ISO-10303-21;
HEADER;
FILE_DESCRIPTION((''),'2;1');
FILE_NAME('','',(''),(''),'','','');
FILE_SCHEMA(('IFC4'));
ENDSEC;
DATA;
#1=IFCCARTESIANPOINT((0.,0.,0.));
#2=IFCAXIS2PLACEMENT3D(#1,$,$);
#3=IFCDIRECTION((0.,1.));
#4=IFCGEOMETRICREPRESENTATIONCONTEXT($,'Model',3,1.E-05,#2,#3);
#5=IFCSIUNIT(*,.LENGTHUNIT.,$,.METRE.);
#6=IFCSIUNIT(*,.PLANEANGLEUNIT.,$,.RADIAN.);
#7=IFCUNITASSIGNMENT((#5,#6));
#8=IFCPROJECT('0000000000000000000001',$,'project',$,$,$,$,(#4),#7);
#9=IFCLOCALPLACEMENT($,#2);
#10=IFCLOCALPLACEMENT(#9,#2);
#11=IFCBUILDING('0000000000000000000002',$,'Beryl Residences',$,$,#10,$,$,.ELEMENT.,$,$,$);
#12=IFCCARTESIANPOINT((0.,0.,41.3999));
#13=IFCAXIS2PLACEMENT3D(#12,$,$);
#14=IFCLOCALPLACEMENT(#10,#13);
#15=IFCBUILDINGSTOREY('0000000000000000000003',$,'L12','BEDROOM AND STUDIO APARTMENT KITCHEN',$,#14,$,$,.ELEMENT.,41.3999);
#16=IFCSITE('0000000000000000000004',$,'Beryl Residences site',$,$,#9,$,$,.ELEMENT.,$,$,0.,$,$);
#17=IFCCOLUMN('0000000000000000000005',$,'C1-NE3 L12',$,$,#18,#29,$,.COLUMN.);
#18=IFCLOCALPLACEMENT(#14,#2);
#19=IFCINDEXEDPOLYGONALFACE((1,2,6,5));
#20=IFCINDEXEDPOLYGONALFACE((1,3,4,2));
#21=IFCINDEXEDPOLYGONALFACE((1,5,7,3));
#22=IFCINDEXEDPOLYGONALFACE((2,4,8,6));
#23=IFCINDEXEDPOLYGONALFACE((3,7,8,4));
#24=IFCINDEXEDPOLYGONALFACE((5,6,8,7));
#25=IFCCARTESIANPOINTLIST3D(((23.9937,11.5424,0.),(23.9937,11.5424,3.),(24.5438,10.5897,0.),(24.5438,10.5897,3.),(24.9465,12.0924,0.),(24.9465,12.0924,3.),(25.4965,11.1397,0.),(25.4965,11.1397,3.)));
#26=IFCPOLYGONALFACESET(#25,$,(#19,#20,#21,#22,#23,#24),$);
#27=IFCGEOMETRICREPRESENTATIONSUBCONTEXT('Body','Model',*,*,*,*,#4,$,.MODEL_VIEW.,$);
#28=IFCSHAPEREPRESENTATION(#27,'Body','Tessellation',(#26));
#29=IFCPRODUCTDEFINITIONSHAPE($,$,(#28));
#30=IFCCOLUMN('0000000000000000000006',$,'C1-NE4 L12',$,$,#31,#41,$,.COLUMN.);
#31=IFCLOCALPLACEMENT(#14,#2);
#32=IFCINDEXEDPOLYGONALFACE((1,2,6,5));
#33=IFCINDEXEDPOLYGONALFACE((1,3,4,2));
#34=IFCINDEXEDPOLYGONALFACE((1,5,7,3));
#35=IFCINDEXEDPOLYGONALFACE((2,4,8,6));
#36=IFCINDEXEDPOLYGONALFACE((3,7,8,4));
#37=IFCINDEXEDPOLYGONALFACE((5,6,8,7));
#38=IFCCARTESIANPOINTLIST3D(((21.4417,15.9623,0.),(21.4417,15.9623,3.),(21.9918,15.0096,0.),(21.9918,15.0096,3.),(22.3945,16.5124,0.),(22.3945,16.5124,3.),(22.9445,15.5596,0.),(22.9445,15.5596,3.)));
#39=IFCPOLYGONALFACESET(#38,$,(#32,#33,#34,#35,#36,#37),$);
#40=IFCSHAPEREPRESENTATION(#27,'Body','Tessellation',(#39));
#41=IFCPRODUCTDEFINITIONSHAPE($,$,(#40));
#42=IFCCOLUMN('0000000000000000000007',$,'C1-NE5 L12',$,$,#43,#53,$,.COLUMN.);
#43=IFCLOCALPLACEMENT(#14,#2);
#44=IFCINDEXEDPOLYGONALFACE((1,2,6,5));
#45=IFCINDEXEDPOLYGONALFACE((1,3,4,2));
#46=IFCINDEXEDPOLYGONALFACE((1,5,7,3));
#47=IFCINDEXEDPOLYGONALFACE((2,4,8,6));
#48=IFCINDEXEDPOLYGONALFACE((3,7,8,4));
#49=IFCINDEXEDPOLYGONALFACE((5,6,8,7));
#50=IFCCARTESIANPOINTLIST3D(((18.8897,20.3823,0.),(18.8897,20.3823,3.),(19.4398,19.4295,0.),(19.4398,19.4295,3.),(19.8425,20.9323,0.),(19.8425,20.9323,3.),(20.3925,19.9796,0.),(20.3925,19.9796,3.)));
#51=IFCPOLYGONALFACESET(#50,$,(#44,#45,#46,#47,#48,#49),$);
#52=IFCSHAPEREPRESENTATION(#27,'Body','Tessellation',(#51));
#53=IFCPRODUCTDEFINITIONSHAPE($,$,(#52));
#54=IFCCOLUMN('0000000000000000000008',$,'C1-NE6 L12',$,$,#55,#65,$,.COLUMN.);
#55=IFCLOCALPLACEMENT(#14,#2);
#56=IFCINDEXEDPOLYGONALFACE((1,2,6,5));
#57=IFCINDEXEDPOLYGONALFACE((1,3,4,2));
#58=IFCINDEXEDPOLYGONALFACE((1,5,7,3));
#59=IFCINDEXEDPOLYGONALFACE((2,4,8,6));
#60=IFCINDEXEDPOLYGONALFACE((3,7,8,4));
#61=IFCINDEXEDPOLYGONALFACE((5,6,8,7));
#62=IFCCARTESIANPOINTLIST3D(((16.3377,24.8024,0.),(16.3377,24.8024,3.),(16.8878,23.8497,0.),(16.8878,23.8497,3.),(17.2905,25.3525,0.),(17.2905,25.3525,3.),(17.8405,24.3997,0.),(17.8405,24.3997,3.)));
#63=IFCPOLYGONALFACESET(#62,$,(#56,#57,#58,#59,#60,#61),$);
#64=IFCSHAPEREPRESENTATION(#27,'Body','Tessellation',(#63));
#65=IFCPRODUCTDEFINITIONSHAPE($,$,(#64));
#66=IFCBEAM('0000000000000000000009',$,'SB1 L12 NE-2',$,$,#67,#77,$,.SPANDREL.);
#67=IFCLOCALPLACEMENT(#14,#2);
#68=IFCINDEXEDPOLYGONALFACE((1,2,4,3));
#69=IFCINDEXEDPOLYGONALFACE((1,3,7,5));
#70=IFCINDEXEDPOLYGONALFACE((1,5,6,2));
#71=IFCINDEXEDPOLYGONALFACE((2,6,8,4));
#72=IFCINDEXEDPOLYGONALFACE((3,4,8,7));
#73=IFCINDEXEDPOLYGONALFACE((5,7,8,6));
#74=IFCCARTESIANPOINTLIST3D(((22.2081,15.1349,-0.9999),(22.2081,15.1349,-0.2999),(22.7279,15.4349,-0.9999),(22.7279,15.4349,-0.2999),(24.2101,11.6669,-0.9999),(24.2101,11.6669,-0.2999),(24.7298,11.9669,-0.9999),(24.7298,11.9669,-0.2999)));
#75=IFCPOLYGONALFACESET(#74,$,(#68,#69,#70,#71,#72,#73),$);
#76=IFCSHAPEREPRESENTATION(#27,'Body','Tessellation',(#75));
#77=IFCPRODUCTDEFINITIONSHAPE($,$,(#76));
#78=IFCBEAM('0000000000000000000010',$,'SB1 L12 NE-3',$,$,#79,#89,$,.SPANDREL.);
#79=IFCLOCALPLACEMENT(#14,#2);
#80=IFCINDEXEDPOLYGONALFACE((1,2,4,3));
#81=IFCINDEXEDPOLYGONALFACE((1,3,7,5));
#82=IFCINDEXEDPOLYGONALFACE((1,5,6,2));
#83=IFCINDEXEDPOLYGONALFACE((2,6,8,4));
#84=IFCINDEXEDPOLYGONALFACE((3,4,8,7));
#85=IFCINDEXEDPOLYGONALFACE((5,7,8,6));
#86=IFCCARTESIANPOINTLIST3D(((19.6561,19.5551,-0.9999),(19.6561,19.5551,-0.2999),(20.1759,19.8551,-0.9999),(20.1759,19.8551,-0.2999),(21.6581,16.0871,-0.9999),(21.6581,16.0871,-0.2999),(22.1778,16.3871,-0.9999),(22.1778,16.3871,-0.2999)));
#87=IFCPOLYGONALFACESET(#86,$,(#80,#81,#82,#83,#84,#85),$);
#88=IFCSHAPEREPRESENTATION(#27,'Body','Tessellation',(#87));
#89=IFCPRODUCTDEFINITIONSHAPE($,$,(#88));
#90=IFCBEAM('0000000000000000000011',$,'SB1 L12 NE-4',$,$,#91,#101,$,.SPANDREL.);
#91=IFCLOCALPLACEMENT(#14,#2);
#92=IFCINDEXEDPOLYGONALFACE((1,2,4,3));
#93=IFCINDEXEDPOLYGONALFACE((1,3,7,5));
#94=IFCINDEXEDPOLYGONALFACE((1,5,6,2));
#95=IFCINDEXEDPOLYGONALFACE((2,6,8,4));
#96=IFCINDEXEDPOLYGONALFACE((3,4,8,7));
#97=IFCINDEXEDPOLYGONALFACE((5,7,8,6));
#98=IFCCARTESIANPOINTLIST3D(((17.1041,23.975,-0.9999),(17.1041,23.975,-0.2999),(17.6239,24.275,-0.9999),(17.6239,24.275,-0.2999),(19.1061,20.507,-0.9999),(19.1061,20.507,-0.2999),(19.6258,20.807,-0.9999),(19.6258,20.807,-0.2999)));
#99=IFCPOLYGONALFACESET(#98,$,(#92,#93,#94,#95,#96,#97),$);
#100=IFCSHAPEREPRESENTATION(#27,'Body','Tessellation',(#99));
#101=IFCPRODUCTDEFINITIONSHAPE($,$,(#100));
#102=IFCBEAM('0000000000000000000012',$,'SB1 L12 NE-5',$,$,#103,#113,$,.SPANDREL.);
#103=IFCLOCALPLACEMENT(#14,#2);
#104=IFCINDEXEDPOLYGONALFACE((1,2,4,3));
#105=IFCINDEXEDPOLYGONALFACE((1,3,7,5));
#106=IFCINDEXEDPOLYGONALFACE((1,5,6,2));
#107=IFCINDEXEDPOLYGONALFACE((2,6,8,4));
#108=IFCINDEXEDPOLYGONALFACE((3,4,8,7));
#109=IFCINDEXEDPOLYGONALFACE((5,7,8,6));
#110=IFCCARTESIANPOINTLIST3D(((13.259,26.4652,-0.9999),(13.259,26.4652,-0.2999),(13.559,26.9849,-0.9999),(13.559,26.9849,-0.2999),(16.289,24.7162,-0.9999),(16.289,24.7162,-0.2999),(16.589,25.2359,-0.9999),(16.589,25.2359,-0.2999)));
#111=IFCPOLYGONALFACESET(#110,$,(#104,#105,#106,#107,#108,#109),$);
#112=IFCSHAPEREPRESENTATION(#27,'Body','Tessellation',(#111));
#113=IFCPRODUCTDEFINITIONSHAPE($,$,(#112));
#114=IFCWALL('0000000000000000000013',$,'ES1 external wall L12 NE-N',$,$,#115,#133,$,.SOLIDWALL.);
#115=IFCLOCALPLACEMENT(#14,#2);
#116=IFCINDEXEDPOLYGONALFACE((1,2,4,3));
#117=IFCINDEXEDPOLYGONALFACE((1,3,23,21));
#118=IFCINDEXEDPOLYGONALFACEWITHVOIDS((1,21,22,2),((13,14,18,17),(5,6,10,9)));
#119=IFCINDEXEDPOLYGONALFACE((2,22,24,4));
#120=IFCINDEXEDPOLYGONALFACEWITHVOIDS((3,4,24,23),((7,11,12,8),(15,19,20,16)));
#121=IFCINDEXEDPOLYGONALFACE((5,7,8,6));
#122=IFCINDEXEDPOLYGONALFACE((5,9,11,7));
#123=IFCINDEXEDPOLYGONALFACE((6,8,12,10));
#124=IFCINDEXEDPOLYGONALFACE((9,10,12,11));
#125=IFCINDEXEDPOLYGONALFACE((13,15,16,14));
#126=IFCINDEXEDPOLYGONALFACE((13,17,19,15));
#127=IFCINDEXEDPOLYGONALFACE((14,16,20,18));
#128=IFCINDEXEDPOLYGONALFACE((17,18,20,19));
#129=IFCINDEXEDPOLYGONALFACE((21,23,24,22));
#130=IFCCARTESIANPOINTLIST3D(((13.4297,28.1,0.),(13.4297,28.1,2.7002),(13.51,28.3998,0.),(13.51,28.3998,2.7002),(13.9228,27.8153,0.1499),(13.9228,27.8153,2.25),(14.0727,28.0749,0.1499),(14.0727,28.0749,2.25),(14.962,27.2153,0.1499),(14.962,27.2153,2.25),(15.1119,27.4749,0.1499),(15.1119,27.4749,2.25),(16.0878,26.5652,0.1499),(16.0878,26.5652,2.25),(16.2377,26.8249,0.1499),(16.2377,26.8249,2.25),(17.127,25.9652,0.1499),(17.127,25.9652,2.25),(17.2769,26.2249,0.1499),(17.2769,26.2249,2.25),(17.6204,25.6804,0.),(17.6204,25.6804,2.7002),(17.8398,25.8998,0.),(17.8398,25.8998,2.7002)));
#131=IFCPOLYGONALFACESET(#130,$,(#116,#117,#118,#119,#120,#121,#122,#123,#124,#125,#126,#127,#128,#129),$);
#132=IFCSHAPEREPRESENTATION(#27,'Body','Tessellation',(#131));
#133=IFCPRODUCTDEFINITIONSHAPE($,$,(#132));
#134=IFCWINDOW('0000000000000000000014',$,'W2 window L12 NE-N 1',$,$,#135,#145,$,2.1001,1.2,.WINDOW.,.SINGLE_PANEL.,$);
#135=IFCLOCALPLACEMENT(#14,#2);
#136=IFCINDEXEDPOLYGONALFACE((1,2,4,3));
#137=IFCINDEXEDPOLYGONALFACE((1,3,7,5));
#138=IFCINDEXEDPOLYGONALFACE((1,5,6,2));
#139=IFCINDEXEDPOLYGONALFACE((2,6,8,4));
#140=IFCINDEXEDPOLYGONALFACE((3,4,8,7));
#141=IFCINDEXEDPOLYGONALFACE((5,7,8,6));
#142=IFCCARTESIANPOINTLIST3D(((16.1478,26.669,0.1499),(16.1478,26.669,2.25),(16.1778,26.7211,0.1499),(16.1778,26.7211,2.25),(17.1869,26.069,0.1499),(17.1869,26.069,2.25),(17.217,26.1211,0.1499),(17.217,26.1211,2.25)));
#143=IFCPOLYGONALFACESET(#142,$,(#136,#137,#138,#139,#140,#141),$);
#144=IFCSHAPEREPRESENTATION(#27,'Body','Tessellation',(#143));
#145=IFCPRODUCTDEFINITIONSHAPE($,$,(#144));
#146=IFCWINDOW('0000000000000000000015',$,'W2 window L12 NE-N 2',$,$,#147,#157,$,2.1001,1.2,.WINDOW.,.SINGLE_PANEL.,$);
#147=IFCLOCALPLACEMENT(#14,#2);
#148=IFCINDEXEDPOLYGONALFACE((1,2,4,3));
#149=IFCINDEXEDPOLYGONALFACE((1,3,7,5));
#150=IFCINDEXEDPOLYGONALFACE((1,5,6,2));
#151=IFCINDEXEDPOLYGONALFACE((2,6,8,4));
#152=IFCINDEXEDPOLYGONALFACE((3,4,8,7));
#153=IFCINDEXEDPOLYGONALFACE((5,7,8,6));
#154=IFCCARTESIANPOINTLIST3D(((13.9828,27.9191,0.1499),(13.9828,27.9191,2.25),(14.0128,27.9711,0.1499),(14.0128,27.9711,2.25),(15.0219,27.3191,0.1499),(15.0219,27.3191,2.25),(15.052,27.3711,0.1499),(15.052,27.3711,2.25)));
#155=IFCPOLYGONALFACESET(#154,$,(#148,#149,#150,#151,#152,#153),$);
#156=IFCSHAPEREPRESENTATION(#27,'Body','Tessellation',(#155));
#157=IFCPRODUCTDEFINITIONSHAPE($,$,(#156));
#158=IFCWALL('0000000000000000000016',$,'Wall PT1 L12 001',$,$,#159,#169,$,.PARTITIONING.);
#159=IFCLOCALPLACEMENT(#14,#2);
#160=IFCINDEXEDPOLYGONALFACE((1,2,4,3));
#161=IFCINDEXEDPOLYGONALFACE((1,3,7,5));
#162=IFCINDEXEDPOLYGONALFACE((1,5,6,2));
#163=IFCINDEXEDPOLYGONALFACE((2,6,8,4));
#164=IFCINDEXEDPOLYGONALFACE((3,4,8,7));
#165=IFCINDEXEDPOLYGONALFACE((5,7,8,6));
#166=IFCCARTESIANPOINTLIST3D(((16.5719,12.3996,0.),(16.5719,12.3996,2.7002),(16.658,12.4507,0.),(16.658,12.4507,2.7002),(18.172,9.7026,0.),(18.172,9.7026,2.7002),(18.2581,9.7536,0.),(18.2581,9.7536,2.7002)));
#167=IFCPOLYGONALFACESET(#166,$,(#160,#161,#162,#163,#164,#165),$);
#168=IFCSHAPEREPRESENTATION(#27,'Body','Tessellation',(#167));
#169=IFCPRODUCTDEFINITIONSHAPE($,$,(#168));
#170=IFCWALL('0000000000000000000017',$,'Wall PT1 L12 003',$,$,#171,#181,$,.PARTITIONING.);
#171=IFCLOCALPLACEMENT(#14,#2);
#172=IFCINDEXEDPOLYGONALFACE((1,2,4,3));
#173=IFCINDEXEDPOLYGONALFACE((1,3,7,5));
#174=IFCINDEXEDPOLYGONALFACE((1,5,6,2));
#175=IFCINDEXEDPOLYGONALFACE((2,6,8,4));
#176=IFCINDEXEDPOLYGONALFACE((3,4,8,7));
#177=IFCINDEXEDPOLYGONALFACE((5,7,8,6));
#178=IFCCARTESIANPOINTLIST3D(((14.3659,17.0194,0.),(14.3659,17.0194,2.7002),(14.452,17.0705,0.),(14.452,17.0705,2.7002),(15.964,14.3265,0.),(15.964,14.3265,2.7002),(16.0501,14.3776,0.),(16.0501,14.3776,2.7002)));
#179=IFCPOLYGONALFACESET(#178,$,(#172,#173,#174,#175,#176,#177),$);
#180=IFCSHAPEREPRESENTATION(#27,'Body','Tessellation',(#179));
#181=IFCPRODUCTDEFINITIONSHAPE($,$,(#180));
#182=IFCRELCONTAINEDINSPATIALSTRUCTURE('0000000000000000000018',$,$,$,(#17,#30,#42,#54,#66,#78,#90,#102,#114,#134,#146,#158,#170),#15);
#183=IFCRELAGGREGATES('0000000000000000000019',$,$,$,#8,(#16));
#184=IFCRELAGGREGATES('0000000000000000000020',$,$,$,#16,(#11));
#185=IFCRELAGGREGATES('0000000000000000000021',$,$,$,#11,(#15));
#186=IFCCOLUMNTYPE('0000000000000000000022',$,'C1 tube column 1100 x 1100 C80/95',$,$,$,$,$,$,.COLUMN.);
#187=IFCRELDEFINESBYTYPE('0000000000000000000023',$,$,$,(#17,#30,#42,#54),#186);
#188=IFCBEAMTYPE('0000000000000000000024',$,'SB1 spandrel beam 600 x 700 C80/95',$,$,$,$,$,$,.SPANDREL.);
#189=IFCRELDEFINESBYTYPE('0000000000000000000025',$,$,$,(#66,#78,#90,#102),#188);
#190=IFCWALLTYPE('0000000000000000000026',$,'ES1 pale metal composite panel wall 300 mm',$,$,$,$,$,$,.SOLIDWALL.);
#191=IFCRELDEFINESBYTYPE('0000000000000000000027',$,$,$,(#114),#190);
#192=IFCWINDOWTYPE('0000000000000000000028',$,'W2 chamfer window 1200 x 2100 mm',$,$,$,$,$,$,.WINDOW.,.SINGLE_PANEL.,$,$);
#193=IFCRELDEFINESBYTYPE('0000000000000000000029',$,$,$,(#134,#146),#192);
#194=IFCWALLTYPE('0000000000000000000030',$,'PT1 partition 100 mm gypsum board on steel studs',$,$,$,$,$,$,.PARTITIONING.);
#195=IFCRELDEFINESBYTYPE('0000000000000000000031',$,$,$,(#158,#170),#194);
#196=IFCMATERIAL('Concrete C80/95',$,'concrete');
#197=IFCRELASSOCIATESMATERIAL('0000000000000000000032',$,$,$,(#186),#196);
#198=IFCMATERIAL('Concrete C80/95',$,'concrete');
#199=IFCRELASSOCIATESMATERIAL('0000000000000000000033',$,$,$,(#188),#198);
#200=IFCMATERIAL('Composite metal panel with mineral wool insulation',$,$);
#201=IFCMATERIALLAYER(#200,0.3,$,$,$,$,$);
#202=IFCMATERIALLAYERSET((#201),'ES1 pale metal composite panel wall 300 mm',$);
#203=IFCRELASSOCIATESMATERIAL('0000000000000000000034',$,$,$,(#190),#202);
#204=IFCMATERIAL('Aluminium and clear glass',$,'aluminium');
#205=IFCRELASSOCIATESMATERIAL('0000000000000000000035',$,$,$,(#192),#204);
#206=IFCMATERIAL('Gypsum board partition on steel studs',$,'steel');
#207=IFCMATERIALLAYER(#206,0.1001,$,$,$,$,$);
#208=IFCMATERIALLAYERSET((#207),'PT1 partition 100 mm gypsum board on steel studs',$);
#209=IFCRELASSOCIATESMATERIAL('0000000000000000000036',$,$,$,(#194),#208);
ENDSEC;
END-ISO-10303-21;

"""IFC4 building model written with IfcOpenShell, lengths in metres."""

from ifc_helpers import new_model, si_unit, direction, frame, frame_2d, origin, origin_2d, place, context, subcontext, project, spatial, polyline, rectangle, outline, extrude, material, layer, layer_set, material_profile, profile_set, type_object, element, fill, save


model = new_model("IFC4")

# Units and contexts
model_context = context("Model", 3, precision=1e-05, world=origin(), true_north=direction((0.0, 1.0)))
body_context = subcontext(model_context, "Body", "Model", "MODEL_VIEW")
ifc_project = project(units=[si_unit("LENGTHUNIT", "METRE"), si_unit("PLANEANGLEUNIT", "RADIAN")], contexts=[model_context])

# Site, building, storey
site_placement = place(None, origin())
site = spatial("IfcSite", under=ifc_project, at=site_placement, Name="Beryl Residences site", CompositionType="ELEMENT", RefElevation=0.0)
building_placement = place(site_placement, origin())
building = spatial("IfcBuilding", under=site, at=building_placement, Name="Beryl Residences", CompositionType="ELEMENT")
storey_placement = place(building_placement, frame((0.0, 0.0, 41.3999)))
storey = spatial("IfcBuildingStorey", under=building, at=storey_placement, Name="L12", Description="BEDROOM AND STUDIO APARTMENT KITCHEN", CompositionType="ELEMENT", Elevation=41.3999)

# Columns
ifc_material_1 = material(Name="Concrete C80/95", Category="concrete")
ifc_material_profile_1 = material_profile(ifc_material_1, rectangle(XDim=1.1001, YDim=1.1001, at=origin_2d()))
ifc_profile_set_1 = profile_set([ifc_material_profile_1], Name="Concrete C80/95")
column_type = type_object("IfcColumnType", Name="C1 tube column 1100 x 1100 C80/95", PredefinedType="COLUMN", material=ifc_profile_set_1)
for number, where, z_axis, x_axis, name in (
    (1, (24.7451, 11.3411, 0.0), (0.0, 0.0, 1.0), (-0.499985, 0.866034, 0.0), "C1-NE3 L12"),
    (2, (22.1931, 15.761, 0.0), (0.0, 0.0, 1.0), (-0.499985, 0.866034, 0.0), "C1-NE4 L12"),
    (3, (19.6411, 20.1809, 0.0), (0.0, 0.0, 1.0), (-0.499985, 0.866034, 0.0), "C1-NE5 L12"),
    (4, (17.0891, 24.6011, 0.0), (0.0, 0.0, 1.0), (-0.499985, 0.866034, 0.0), "C1-NE6 L12"),
):
    element("IfcColumn", number, at=place(storey_placement, frame(where, z_axis=z_axis, x_axis=x_axis)), inside=storey, type_object=column_type, Name=name, PredefinedType="COLUMN", context=body_context, shape_type="SweptSolid", body=[
        extrude(rectangle(XDim=1.1001, YDim=1.1001, at=origin_2d()), origin(), (0.0, 0.0, 1.0), 3.0),
    ])

# Beams
ifc_material_2 = material(Name="Concrete C80/95", Category="concrete")
ifc_material_profile_2 = material_profile(ifc_material_2, rectangle(XDim=0.6001, YDim=0.7, at=origin_2d()))
ifc_profile_set_2 = profile_set([ifc_material_profile_2], Name="Concrete C80/95")
beam_type = type_object("IfcBeamType", Name="SB1 spandrel beam 600 x 700 C80/95", PredefinedType="SPANDREL", material=ifc_profile_set_2)
for number, where, z_axis, x_axis, name in (
    (5, (24.47, 11.8169, -0.6499), (-0.499942, 0.866059, 0.0), (-0.866059, -0.499942, 0.0), "SB1 L12 NE-2"),
    (6, (21.918, 16.2371, -0.6499), (-0.499942, 0.866059, 0.0), (-0.866059, -0.499942, 0.0), "SB1 L12 NE-3"),
    (7, (19.366, 20.657, -0.6499), (-0.499942, 0.866059, 0.0), (-0.866059, -0.499942, 0.0), "SB1 L12 NE-4"),
):
    element("IfcBeam", number, at=place(storey_placement, frame(where, z_axis=z_axis, x_axis=x_axis)), inside=storey, type_object=beam_type, Name=name, PredefinedType="SPANDREL", context=body_context, shape_type="SweptSolid", body=[
        extrude(rectangle(XDim=0.6001, YDim=0.7, at=origin_2d()), origin(), (0.0, 0.0, 1.0), 4.0044),
    ])
beam_placement = place(storey_placement, frame((16.439, 24.9761, -0.6499), z_axis=(-0.866071, 0.499922, 0.0), x_axis=(-0.499922, -0.866071, 0.0)))
element("IfcBeam", 8, at=beam_placement, inside=storey, type_object=beam_type, Name="SB1 L12 NE-5", PredefinedType="SPANDREL", context=body_context, shape_type="SweptSolid", body=[
    extrude(rectangle(XDim=0.6001, YDim=0.7, at=origin_2d()), origin(), (0.0, 0.0, 1.0), 3.4985),
])

# Wall, openings, windows
ifc_material_3 = material(Name="Composite metal panel with mineral wool insulation")
ifc_layer_1 = layer(ifc_material_3, 0.3)
ifc_layer_set_1 = layer_set([ifc_layer_1], Name="ES1 pale metal composite panel wall 300 mm")
wall_type_1 = type_object("IfcWallType", Name="ES1 pale metal composite panel wall 300 mm", PredefinedType="SOLIDWALL", material=ifc_layer_set_1)
wall_1_placement = place(storey_placement, frame((17.7649, 25.77, 0.0), z_axis=(0.0, 0.0, 1.0), x_axis=(-0.866011, 0.500025, 0.0)))
wall_1 = element("IfcWall", 9, at=wall_1_placement, inside=storey, type_object=wall_type_1, Name="ES1 external wall L12 NE-N", PredefinedType="SOLIDWALL", context=body_context, shape_type="SweptSolid", body=[
    extrude(outline(polyline([(0.0, -0.1499), (4.9998, -0.1499), (4.9194, 0.1499), (0.0803, 0.1499), (0.0, -0.1499)])), origin(), (0.0, 0.0, 1.0), 2.7002),
])
opening_1_placement = place(wall_1_placement, frame((0.6499, 0.0, 0.1499)))
opening_1 = element("IfcOpeningElement", 10, at=opening_1_placement, cuts=wall_1, PredefinedType="OPENING", context=body_context, shape_type="SweptSolid", body=[
    extrude(rectangle(XDim=1.2, YDim=2.1001, at=frame_2d((0.6001, 1.05))), frame((0.0, 0.1599, 0.0), z_axis=(0.0, -1.0, 0.0), x_axis=(1.0, 0.0, 0.0)), (0.0, 0.0, 1.0), 0.3201),
])
opening_2_placement = place(wall_1_placement, frame((3.1499, 0.0, 0.1499)))
opening_2 = element("IfcOpeningElement", 11, at=opening_2_placement, cuts=wall_1, PredefinedType="OPENING", context=body_context, shape_type="SweptSolid", body=[
    extrude(rectangle(XDim=1.2, YDim=2.1001, at=frame_2d((0.6001, 1.05))), frame((0.0, 0.1599, 0.0), z_axis=(0.0, -1.0, 0.0), x_axis=(1.0, 0.0, 0.0)), (0.0, 0.0, 1.0), 0.3201),
])
ifc_material_4 = material(Name="Aluminium and clear glass", Category="aluminium")
window_type = type_object("IfcWindowType", Name="W2 chamfer window 1200 x 2100 mm", PartitioningType="SINGLE_PANEL", PredefinedType="WINDOW", material=ifc_material_4)
window_1_placement = place(opening_1_placement, origin())
window_1 = element("IfcWindow", 12, at=window_1_placement, inside=storey, type_object=window_type, Name="W2 window L12 NE-N 1", OverallHeight=2.1001, OverallWidth=1.2, PartitioningType="SINGLE_PANEL", PredefinedType="WINDOW", context=body_context, shape_type="SweptSolid", body=[
    extrude(rectangle(XDim=1.2, YDim=2.1001, at=frame_2d((0.6001, 1.05))), frame((0.0, 0.03, 0.0), z_axis=(0.0, -1.0, 0.0), x_axis=(1.0, 0.0, 0.0)), (0.0, 0.0, 1.0), 0.0601),
])
fill(opening_1, window_1)
window_2_placement = place(opening_2_placement, origin())
window_2 = element("IfcWindow", 13, at=window_2_placement, inside=storey, type_object=window_type, Name="W2 window L12 NE-N 2", OverallHeight=2.1001, OverallWidth=1.2, PartitioningType="SINGLE_PANEL", PredefinedType="WINDOW", context=body_context, shape_type="SweptSolid", body=[
    extrude(rectangle(XDim=1.2, YDim=2.1001, at=frame_2d((0.6001, 1.05))), frame((0.0, 0.03, 0.0), z_axis=(0.0, -1.0, 0.0), x_axis=(1.0, 0.0, 0.0)), (0.0, 0.0, 1.0), 0.0601),
])
fill(opening_2, window_2)

# Walls
ifc_material_5 = material(Name="Gypsum board partition on steel studs", Category="steel")
ifc_layer_2 = layer(ifc_material_5, 0.1001)
ifc_layer_set_2 = layer_set([ifc_layer_2], Name="PT1 partition 100 mm gypsum board on steel studs")
wall_type_2 = type_object("IfcWallType", Name="PT1 partition 100 mm gypsum board on steel studs", PredefinedType="PARTITIONING", material=ifc_layer_set_2)
wall_2_placement = place(storey_placement, frame((16.615, 12.425, 0.0), z_axis=(0.0, 0.0, 1.0), x_axis=(0.510242, -0.860031, 0.0)))
element("IfcWall", 14, at=wall_2_placement, inside=storey, type_object=wall_type_2, Name="Wall PT1 L12 001", PredefinedType="PARTITIONING", context=body_context, shape_type="SweptSolid", body=[
    extrude(rectangle(XDim=3.136, YDim=0.1001, at=frame_2d((1.5679, 0.0))), origin(), (0.0, 0.0, 1.0), 2.7002),
])
wall_3_placement = place(storey_placement, frame((14.4089, 17.0449, 0.0), z_axis=(0.0, 0.0, 1.0), x_axis=(0.510362, -0.85996, 0.0)))
element("IfcWall", 15, at=wall_3_placement, inside=storey, type_object=wall_type_2, Name="Wall PT1 L12 003", PredefinedType="PARTITIONING", context=body_context, shape_type="SweptSolid", body=[
    extrude(rectangle(XDim=3.1313, YDim=0.1001, at=frame_2d((1.5657, 0.0))), origin(), (0.0, 0.0, 1.0), 2.7002),
])

save(model, "model.ifc")
